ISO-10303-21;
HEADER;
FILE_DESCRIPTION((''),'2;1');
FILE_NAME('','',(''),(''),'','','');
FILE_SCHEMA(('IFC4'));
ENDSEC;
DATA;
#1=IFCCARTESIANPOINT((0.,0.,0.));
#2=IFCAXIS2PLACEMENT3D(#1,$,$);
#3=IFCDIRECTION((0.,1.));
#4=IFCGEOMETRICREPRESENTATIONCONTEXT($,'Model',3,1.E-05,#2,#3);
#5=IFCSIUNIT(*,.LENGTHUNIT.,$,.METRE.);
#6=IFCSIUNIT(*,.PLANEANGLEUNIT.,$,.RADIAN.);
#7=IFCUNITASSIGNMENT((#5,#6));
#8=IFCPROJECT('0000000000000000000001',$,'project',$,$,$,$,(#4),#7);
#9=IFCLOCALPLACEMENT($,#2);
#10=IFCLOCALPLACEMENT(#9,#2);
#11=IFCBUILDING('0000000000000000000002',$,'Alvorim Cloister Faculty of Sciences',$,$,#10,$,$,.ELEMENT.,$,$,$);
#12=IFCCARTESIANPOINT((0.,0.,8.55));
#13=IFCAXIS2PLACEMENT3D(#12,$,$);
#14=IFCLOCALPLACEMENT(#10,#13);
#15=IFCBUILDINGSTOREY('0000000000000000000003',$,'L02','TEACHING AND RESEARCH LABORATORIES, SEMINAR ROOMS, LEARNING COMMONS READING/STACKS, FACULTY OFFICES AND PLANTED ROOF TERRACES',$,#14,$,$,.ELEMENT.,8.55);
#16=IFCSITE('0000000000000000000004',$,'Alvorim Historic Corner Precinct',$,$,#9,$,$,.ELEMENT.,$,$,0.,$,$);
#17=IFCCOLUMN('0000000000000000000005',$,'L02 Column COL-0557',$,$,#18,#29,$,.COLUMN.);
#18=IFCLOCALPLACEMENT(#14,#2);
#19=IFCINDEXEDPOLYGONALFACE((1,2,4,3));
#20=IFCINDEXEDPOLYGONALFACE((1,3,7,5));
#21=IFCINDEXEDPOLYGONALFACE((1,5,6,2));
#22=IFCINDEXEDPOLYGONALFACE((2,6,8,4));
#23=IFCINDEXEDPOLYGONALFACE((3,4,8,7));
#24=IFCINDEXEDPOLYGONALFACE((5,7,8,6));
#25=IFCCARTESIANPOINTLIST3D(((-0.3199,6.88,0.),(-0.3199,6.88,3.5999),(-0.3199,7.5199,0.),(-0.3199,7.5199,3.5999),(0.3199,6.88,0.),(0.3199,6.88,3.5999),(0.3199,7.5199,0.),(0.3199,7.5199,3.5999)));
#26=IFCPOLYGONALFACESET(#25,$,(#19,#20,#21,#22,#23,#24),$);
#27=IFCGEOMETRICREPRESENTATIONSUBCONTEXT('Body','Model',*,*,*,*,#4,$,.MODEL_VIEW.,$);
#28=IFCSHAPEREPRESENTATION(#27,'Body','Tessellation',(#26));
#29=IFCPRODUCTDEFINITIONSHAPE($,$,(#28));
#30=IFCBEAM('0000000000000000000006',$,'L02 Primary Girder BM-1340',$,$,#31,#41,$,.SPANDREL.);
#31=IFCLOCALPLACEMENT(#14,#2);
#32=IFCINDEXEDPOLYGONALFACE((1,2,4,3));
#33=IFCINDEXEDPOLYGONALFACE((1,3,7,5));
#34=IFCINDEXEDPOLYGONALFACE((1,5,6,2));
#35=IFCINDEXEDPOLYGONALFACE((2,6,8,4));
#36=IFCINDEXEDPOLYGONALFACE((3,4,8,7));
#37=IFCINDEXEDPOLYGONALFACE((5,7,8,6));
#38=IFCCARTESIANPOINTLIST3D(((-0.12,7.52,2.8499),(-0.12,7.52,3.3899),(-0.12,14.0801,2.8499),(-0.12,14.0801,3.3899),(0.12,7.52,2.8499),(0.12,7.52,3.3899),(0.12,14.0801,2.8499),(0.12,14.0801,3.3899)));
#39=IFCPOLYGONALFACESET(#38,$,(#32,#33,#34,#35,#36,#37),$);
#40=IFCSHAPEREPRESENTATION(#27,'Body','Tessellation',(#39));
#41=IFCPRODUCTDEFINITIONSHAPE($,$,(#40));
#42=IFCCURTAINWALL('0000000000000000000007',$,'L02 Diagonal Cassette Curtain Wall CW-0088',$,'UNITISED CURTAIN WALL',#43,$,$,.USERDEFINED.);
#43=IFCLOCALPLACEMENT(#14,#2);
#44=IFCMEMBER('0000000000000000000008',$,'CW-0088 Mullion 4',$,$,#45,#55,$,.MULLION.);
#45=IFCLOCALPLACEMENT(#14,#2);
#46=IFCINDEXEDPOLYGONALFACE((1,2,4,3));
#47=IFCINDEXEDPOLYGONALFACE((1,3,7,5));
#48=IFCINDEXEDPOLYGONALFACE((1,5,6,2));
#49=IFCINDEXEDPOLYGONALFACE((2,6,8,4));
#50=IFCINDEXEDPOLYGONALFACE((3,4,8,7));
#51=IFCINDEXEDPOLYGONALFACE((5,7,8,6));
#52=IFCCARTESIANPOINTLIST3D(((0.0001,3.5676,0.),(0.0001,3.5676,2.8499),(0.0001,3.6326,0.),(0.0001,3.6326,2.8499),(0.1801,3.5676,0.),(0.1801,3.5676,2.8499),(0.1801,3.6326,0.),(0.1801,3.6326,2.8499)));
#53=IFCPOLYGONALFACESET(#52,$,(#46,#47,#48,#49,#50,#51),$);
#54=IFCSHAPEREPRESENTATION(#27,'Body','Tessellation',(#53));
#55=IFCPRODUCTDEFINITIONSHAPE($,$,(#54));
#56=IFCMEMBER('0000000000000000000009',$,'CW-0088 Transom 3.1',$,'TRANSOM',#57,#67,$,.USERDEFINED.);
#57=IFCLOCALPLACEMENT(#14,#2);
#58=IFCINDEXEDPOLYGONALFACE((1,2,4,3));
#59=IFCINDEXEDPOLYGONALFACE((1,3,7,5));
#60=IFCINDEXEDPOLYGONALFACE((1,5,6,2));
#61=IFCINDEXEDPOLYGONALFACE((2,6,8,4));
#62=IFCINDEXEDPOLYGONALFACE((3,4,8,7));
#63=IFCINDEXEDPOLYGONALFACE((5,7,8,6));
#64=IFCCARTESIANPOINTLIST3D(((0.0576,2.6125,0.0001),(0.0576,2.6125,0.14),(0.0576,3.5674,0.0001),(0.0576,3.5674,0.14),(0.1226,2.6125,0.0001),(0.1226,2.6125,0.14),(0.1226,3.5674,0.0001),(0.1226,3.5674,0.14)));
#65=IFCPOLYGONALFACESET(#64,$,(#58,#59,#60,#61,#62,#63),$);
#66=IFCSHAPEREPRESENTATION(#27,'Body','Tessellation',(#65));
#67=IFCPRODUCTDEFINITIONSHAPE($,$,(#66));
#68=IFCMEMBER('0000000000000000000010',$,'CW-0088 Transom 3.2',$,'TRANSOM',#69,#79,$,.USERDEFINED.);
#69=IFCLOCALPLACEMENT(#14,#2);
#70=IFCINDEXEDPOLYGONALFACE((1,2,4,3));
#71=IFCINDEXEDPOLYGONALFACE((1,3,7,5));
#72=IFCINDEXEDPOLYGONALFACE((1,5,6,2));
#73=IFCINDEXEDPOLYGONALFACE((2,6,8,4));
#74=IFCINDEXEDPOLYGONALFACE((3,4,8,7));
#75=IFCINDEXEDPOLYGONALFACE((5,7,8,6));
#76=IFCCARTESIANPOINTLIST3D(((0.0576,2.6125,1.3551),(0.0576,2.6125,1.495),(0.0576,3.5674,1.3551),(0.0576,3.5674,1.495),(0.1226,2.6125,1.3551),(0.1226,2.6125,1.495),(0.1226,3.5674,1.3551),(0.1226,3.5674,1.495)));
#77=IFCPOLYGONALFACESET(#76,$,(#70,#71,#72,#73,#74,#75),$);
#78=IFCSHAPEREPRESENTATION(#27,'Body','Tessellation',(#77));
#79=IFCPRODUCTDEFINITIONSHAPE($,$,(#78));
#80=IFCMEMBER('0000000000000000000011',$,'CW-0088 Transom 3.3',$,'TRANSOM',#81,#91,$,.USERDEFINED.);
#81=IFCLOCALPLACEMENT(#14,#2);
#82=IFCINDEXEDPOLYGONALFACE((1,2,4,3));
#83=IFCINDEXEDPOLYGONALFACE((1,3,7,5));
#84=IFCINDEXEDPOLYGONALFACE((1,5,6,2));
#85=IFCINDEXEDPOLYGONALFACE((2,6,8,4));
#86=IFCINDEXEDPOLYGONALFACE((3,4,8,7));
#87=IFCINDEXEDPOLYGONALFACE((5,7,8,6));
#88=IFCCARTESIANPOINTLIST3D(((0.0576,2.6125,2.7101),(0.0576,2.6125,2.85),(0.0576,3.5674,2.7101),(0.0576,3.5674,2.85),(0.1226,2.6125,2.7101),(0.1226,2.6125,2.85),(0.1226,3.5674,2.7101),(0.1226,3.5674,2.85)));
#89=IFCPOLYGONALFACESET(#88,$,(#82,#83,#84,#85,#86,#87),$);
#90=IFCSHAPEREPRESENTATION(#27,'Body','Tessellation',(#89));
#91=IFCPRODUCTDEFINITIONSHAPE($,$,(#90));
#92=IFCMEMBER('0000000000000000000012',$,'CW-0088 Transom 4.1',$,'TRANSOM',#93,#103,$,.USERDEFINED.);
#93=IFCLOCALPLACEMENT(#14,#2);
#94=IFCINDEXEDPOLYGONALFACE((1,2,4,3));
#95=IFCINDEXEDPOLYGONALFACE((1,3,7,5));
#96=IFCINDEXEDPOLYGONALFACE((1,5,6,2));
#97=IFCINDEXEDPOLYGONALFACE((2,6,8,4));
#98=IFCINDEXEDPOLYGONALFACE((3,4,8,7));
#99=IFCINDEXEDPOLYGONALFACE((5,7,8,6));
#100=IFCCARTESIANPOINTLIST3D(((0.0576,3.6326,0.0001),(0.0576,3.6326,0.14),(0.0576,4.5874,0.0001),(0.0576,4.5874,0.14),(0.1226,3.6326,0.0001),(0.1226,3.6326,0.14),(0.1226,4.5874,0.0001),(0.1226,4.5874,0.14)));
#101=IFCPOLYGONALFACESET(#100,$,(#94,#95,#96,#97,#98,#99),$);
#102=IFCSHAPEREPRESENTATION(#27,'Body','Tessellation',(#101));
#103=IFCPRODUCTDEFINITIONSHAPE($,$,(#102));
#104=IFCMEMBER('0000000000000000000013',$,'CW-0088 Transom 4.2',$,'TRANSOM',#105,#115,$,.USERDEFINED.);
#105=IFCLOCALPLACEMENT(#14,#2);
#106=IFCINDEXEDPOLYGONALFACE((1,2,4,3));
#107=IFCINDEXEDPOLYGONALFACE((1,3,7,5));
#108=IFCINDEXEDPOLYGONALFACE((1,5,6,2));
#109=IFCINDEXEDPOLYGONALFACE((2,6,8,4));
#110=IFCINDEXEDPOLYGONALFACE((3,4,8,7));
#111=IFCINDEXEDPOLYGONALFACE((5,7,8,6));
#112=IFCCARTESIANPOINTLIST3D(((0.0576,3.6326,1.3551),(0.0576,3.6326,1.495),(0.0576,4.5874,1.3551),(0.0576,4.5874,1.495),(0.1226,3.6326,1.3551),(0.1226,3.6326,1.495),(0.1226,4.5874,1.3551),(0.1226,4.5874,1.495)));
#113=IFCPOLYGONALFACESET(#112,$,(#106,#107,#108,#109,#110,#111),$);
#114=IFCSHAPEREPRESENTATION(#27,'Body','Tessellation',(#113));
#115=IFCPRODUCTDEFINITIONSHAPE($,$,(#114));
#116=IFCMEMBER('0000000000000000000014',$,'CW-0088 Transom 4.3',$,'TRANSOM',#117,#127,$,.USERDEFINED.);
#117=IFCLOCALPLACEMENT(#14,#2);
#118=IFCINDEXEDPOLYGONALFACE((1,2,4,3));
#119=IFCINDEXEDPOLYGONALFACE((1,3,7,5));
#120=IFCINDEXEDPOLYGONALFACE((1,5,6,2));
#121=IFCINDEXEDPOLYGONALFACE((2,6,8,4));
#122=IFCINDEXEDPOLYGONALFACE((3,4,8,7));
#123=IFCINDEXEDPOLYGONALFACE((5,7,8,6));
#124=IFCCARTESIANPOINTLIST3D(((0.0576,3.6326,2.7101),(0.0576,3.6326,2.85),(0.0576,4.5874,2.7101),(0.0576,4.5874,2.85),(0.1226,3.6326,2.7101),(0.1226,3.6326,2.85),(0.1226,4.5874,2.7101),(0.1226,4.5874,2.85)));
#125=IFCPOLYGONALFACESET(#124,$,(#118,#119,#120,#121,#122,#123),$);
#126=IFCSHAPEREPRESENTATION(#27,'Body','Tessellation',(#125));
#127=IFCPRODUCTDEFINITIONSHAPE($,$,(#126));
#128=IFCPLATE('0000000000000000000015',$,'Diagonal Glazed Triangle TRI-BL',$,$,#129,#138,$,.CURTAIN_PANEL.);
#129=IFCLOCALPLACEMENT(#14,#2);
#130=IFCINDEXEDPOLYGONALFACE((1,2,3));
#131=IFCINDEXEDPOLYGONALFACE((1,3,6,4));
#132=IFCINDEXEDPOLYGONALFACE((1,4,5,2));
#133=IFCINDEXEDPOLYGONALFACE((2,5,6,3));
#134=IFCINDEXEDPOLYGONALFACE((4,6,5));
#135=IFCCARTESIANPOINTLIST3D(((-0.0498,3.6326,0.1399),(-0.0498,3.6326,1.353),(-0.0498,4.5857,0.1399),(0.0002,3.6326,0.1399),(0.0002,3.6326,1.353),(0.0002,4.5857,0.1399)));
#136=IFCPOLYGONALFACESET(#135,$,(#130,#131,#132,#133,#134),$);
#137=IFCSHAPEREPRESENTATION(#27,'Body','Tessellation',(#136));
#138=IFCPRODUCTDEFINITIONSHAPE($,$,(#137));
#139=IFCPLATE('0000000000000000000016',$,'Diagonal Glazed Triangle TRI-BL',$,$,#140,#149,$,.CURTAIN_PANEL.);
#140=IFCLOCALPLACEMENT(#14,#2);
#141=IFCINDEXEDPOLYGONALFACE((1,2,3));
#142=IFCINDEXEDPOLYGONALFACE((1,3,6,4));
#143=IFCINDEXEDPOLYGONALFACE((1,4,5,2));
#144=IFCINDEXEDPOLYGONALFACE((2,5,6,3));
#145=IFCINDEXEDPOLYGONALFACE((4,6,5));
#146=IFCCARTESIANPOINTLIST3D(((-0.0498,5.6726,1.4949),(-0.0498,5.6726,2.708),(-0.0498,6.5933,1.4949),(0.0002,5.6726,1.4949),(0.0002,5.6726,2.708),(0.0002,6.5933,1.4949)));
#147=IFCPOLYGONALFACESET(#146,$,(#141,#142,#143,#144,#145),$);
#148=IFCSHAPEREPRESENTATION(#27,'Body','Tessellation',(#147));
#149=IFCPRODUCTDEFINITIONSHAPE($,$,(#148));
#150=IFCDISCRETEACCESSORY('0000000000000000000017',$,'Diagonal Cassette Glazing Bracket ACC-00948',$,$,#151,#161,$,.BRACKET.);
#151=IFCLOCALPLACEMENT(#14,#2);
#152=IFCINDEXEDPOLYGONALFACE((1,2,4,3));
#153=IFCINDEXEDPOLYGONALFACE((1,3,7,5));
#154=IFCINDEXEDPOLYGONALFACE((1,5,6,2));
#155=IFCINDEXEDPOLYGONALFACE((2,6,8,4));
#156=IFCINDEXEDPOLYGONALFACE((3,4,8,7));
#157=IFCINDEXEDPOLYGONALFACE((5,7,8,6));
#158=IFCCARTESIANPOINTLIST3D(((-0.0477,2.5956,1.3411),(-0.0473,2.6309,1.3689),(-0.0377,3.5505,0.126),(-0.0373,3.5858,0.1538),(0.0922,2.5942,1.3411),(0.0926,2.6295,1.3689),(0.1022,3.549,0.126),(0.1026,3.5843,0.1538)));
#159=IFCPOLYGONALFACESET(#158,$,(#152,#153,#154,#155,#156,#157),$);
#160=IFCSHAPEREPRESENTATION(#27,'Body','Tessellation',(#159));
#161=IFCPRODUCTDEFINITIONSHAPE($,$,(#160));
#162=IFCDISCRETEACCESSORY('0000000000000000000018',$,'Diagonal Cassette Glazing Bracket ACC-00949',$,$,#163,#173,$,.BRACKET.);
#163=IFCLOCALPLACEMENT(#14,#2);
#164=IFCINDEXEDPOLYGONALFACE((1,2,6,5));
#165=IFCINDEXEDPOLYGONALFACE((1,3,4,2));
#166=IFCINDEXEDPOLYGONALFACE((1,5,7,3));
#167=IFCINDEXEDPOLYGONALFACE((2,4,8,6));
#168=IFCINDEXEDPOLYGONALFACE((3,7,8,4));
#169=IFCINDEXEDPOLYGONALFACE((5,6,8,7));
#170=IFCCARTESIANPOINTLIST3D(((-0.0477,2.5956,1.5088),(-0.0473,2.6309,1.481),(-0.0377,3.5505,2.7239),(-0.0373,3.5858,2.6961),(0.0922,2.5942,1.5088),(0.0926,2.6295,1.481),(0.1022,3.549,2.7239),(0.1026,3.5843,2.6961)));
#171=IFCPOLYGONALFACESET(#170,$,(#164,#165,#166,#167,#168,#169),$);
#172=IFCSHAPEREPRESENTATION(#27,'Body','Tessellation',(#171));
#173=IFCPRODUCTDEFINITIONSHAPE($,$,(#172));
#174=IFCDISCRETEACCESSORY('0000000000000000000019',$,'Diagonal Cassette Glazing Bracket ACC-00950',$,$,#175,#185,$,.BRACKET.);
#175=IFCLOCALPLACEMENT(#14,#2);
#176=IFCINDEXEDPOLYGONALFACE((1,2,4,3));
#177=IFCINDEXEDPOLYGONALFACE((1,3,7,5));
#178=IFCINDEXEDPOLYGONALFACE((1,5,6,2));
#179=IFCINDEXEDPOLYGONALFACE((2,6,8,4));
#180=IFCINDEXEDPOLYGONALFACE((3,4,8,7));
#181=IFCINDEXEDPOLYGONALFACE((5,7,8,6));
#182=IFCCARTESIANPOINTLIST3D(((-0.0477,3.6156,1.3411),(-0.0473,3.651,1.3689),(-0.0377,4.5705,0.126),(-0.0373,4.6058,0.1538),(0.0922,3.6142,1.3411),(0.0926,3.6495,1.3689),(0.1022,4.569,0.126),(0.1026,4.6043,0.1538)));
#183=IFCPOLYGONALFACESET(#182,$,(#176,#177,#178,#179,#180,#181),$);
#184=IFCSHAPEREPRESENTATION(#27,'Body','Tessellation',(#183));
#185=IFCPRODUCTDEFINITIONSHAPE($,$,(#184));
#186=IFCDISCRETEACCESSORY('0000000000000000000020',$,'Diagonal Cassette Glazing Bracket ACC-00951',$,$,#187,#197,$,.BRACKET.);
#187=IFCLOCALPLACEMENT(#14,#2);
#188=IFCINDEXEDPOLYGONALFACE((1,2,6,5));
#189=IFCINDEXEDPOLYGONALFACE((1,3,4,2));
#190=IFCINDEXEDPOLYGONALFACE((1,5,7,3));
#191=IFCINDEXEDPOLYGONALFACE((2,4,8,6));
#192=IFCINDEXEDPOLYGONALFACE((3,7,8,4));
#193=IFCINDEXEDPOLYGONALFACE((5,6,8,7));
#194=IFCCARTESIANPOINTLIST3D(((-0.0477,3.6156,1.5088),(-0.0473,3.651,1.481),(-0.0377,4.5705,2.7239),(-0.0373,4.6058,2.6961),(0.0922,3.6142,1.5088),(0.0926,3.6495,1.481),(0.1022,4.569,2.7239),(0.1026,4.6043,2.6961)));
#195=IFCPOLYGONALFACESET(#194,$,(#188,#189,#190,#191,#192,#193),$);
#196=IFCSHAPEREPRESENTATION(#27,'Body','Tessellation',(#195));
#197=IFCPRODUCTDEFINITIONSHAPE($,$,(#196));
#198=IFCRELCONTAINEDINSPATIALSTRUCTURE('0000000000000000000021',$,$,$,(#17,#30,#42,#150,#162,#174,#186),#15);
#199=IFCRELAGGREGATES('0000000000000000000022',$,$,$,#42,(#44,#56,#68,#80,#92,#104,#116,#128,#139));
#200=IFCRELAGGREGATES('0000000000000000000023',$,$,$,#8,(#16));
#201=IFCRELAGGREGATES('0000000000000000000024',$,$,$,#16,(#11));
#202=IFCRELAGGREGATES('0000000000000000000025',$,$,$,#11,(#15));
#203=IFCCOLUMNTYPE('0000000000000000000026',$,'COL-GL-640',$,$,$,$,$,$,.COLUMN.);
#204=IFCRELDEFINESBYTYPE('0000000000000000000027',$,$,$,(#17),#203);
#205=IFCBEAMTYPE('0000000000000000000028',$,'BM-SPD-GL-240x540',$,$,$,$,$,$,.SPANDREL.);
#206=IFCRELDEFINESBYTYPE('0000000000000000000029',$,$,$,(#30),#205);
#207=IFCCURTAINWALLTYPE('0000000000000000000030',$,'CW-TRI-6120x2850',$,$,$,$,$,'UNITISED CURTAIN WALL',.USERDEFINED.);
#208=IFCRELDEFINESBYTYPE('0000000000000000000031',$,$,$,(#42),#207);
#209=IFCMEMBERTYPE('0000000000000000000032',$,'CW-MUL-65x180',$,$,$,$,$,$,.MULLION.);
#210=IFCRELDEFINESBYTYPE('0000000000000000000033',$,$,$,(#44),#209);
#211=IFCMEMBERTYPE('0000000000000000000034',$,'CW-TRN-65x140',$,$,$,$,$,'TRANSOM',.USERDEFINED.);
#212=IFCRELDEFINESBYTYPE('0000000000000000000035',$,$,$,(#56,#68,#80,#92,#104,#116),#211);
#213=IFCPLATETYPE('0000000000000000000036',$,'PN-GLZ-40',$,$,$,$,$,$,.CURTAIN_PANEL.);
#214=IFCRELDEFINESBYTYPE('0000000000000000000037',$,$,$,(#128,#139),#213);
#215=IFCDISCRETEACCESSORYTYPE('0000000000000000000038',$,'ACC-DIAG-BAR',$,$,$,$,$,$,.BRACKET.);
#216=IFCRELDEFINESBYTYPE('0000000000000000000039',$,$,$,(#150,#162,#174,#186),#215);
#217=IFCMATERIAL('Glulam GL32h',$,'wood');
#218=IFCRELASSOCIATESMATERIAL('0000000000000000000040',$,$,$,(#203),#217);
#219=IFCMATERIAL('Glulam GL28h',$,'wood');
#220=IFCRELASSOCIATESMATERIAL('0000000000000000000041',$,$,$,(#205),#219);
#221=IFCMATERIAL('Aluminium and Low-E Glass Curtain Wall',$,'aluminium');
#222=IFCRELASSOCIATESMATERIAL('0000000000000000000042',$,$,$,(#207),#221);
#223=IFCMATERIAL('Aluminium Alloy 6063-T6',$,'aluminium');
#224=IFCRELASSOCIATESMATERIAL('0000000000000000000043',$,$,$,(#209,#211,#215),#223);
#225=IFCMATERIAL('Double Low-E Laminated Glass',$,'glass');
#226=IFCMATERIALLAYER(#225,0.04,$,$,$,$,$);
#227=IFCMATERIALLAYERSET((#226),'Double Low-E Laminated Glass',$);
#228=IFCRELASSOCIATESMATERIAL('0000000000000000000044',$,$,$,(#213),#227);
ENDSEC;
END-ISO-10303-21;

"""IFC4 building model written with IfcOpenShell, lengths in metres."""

from ifc_helpers import new_model, si_unit, direction, frame, origin, origin_2d, place, context, subcontext, project, spatial, polyline, rectangle, outline, extrude, material, layer, layer_set, material_profile, profile_set, type_object, element, aggregate, save


model = new_model("IFC4")

# Units and contexts
model_context = context("Model", 3, precision=1e-05, world=origin(), true_north=direction((0.0, 1.0)))
body_context = subcontext(model_context, "Body", "Model", "MODEL_VIEW")
ifc_project = project(units=[si_unit("LENGTHUNIT", "METRE"), si_unit("PLANEANGLEUNIT", "RADIAN")], contexts=[model_context])

# Site, building, storey
site_placement = place(None, origin())
site = spatial("IfcSite", under=ifc_project, at=site_placement, Name="Alvorim Historic Corner Precinct", CompositionType="ELEMENT", RefElevation=0.0)
building_placement = place(site_placement, origin())
building = spatial("IfcBuilding", under=site, at=building_placement, Name="Alvorim Cloister Faculty of Sciences", CompositionType="ELEMENT")
storey_placement = place(building_placement, frame((0.0, 0.0, 8.55)))
storey = spatial("IfcBuildingStorey", under=building, at=storey_placement, Name="L02", Description="TEACHING AND RESEARCH LABORATORIES, SEMINAR ROOMS, LEARNING COMMONS READING/STACKS, FACULTY OFFICES AND PLANTED ROOF TERRACES", CompositionType="ELEMENT", Elevation=8.55)

# Column
ifc_material_1 = material(Name="Glulam GL32h", Category="wood")
ifc_material_profile_1 = material_profile(ifc_material_1, rectangle(XDim=0.6399, YDim=0.6399, at=origin_2d()), Name="GL32-COL-640x640")
ifc_profile_set_1 = profile_set([ifc_material_profile_1], Name="Glulam GL32h")
column_type = type_object("IfcColumnType", Name="COL-GL-640", PredefinedType="COLUMN", material=ifc_profile_set_1)
column_placement = place(storey_placement, frame((0.0, 7.2, 0.0), z_axis=(0.0, 0.0, 1.0), x_axis=(1.0, 0.0, 0.0)))
element("IfcColumn", 1, at=column_placement, inside=storey, type_object=column_type, Name="L02 Column COL-0557", PredefinedType="COLUMN", context=body_context, shape_type="SweptSolid", body=[
    extrude(rectangle(XDim=0.6399, YDim=0.6399, at=origin_2d()), origin(), (0.0, 0.0, 1.0), 3.5999),
])

# Beam
ifc_material_2 = material(Name="Glulam GL28h", Category="wood")
ifc_material_profile_2 = material_profile(ifc_material_2, rectangle(XDim=0.24, YDim=0.54, at=origin_2d()), Name="GL28-SPD-240x540")
ifc_profile_set_2 = profile_set([ifc_material_profile_2], Name="Glulam GL28h")
beam_type = type_object("IfcBeamType", Name="BM-SPD-GL-240x540", PredefinedType="SPANDREL", material=ifc_profile_set_2)
beam_placement = place(storey_placement, frame((0.0, 7.52, 3.1199), z_axis=(0.0, 1.0, 0.0), x_axis=(-1.0, 0.0, 0.0)))
element("IfcBeam", 2, at=beam_placement, inside=storey, type_object=beam_type, Name="L02 Primary Girder BM-1340", PredefinedType="SPANDREL", context=body_context, shape_type="SweptSolid", body=[
    extrude(rectangle(XDim=0.24, YDim=0.54, at=origin_2d()), origin(), (0.0, 0.0, 1.0), 6.5601),
])

# Curtain wall, members, plates
ifc_material_3 = material(Name="Aluminium and Low-E Glass Curtain Wall", Category="aluminium")
curtain_wall_type = type_object("IfcCurtainWallType", Name="CW-TRI-6120x2850", ElementType="UNITISED CURTAIN WALL", PredefinedType="USERDEFINED", material=ifc_material_3)
curtain_wall_placement = place(storey_placement, origin())
curtain_wall = element("IfcCurtainWall", 3, at=curtain_wall_placement, inside=storey, type_object=curtain_wall_type, Name="L02 Diagonal Cassette Curtain Wall CW-0088", ObjectType="UNITISED CURTAIN WALL", PredefinedType="USERDEFINED")
ifc_material_4 = material(Name="Aluminium Alloy 6063-T6", Category="aluminium")
ifc_material_profile_3 = material_profile(ifc_material_4, rectangle(XDim=0.0649, YDim=0.1799, at=origin_2d()), Name="ALU-MUL-65x180")
ifc_profile_set_3 = profile_set([ifc_material_profile_3], Name="Aluminium Alloy 6063-T6")
member_type_1 = type_object("IfcMemberType", Name="CW-MUL-65x180", PredefinedType="MULLION", material=ifc_profile_set_3)
member_1_placement = place(storey_placement, frame((0.0901, 3.6001, 0.0), z_axis=(0.0, 0.0, 1.0), x_axis=(0.0, 1.0, 0.0)))
member_1 = element("IfcMember", 4, at=member_1_placement, type_object=member_type_1, Name="CW-0088 Mullion 4", PredefinedType="MULLION", context=body_context, shape_type="SweptSolid", body=[
    extrude(rectangle(XDim=0.0649, YDim=0.1799, at=origin_2d()), origin(), (0.0, 0.0, 1.0), 2.8499),
])
ifc_material_profile_4 = material_profile(ifc_material_4, rectangle(XDim=0.0649, YDim=0.1399, at=origin_2d()), Name="ALU-TRN-65x140")
ifc_profile_set_4 = profile_set([ifc_material_profile_4], Name="Aluminium Alloy 6063-T6")
member_type_2 = type_object("IfcMemberType", Name="CW-TRN-65x140", ElementType="TRANSOM", PredefinedType="USERDEFINED", material=ifc_profile_set_4)
member_2_placement = place(storey_placement, frame((0.0901, 2.6125, 0.0701), z_axis=(0.0, 1.0, 0.0), x_axis=(-1.0, 0.0, 0.0)))
member_2 = element("IfcMember", 5, at=member_2_placement, type_object=member_type_2, Name="CW-0088 Transom 3.1", ObjectType="TRANSOM", PredefinedType="USERDEFINED", context=body_context, shape_type="SweptSolid", body=[
    extrude(rectangle(XDim=0.0649, YDim=0.1399, at=origin_2d()), origin(), (0.0, 0.0, 1.0), 0.9548),
])
member_3_placement = place(storey_placement, frame((0.0901, 2.6125, 1.425), z_axis=(0.0, 1.0, 0.0), x_axis=(-1.0, 0.0, 0.0)))
member_3 = element("IfcMember", 6, at=member_3_placement, type_object=member_type_2, Name="CW-0088 Transom 3.2", ObjectType="TRANSOM", PredefinedType="USERDEFINED", context=body_context, shape_type="SweptSolid", body=[
    extrude(rectangle(XDim=0.0649, YDim=0.1399, at=origin_2d()), origin(), (0.0, 0.0, 1.0), 0.9548),
])
member_4_placement = place(storey_placement, frame((0.0901, 2.6125, 2.78), z_axis=(0.0, 1.0, 0.0), x_axis=(-1.0, 0.0, 0.0)))
member_4 = element("IfcMember", 7, at=member_4_placement, type_object=member_type_2, Name="CW-0088 Transom 3.3", ObjectType="TRANSOM", PredefinedType="USERDEFINED", context=body_context, shape_type="SweptSolid", body=[
    extrude(rectangle(XDim=0.0649, YDim=0.1399, at=origin_2d()), origin(), (0.0, 0.0, 1.0), 0.9548),
])
member_5_placement = place(storey_placement, frame((0.0901, 3.6326, 0.0701), z_axis=(0.0, 1.0, 0.0), x_axis=(-1.0, 0.0, 0.0)))
member_5 = element("IfcMember", 8, at=member_5_placement, type_object=member_type_2, Name="CW-0088 Transom 4.1", ObjectType="TRANSOM", PredefinedType="USERDEFINED", context=body_context, shape_type="SweptSolid", body=[
    extrude(rectangle(XDim=0.0649, YDim=0.1399, at=origin_2d()), origin(), (0.0, 0.0, 1.0), 0.9548),
])
member_6_placement = place(storey_placement, frame((0.0901, 3.6326, 1.425), z_axis=(0.0, 1.0, 0.0), x_axis=(-1.0, 0.0, 0.0)))
member_6 = element("IfcMember", 9, at=member_6_placement, type_object=member_type_2, Name="CW-0088 Transom 4.2", ObjectType="TRANSOM", PredefinedType="USERDEFINED", context=body_context, shape_type="SweptSolid", body=[
    extrude(rectangle(XDim=0.0649, YDim=0.1399, at=origin_2d()), origin(), (0.0, 0.0, 1.0), 0.9548),
])
member_7_placement = place(storey_placement, frame((0.0901, 3.6326, 2.78), z_axis=(0.0, 1.0, 0.0), x_axis=(-1.0, 0.0, 0.0)))
member_7 = element("IfcMember", 10, at=member_7_placement, type_object=member_type_2, Name="CW-0088 Transom 4.3", ObjectType="TRANSOM", PredefinedType="USERDEFINED", context=body_context, shape_type="SweptSolid", body=[
    extrude(rectangle(XDim=0.0649, YDim=0.1399, at=origin_2d()), origin(), (0.0, 0.0, 1.0), 0.9548),
])
ifc_material_5 = material(Name="Double Low-E Laminated Glass", Category="glass")
ifc_layer = layer(ifc_material_5, 0.04)
ifc_layer_set = layer_set([ifc_layer], Name="Double Low-E Laminated Glass")
plate_type = type_object("IfcPlateType", Name="PN-GLZ-40", PredefinedType="CURTAIN_PANEL", material=ifc_layer_set)
plate_1_placement = place(storey_placement, frame((-0.0249, 3.6326, 0.1399), z_axis=(0.0, 0.0, 1.0), x_axis=(0.0, 1.0, 0.0)))
plate_1 = element("IfcPlate", 11, at=plate_1_placement, type_object=plate_type, Name="Diagonal Glazed Triangle TRI-BL", PredefinedType="CURTAIN_PANEL", context=body_context, shape_type="SweptSolid", body=[
    extrude(outline(polyline([(0.0, 0.0), (0.9531, 0.0), (0.0, 1.2131), (0.0, 0.0)])), frame((0.0, 0.0249, 0.0), z_axis=(0.0, -1.0, 0.0), x_axis=(1.0, 0.0, 0.0)), (0.0, 0.0, 1.0), 0.05),
])
plate_2_placement = place(storey_placement, frame((-0.0249, 5.6726, 1.4949), z_axis=(0.0, 0.0, 1.0), x_axis=(0.0, 1.0, 0.0)))
plate_2 = element("IfcPlate", 12, at=plate_2_placement, type_object=plate_type, Name="Diagonal Glazed Triangle TRI-BL", PredefinedType="CURTAIN_PANEL", context=body_context, shape_type="SweptSolid", body=[
    extrude(outline(polyline([(0.0, 0.0), (0.9207, 0.0), (0.0, 1.2131), (0.0, 0.0)])), frame((0.0, 0.0249, 0.0), z_axis=(0.0, -1.0, 0.0), x_axis=(1.0, 0.0, 0.0)), (0.0, 0.0, 1.0), 0.05),
])
aggregate(curtain_wall, [member_1, member_2, member_3, member_4, member_5, member_6, member_7, plate_1, plate_2])

# Discrete accessories
discrete_accessory_type = type_object("IfcDiscreteAccessoryType", Name="ACC-DIAG-BAR", PredefinedType="BRACKET", material=ifc_material_4)
for number, where, z_axis, x_axis, name in (
    (13, (0.0225, 2.6125, 1.355), (0.006477, 0.617857, -0.786263), (-0.999945, 0.010483, 0.0), "Diagonal Cassette Glazing Bracket ACC-00948"),
    (14, (0.0225, 2.6125, 1.4949), (0.006477, 0.617857, 0.786263), (-0.999945, 0.010483, 0.0), "Diagonal Cassette Glazing Bracket ACC-00949"),
    (15, (0.0225, 3.6326, 1.355), (0.006477, 0.617857, -0.786263), (-0.999945, 0.010483, 0.0), "Diagonal Cassette Glazing Bracket ACC-00950"),
    (16, (0.0225, 3.6326, 1.4949), (0.006477, 0.617857, 0.786263), (-0.999945, 0.010483, 0.0), "Diagonal Cassette Glazing Bracket ACC-00951"),
):
    element("IfcDiscreteAccessory", number, at=place(storey_placement, frame(where, z_axis=z_axis, x_axis=x_axis)), inside=storey, type_object=discrete_accessory_type, Name=name, PredefinedType="BRACKET", context=body_context, shape_type="SweptSolid", body=[
        extrude(rectangle(XDim=0.1399, YDim=0.0449, at=origin_2d()), origin(), (0.0, 0.0, 1.0), 1.5454),
    ])

save(model, "model.ifc")
